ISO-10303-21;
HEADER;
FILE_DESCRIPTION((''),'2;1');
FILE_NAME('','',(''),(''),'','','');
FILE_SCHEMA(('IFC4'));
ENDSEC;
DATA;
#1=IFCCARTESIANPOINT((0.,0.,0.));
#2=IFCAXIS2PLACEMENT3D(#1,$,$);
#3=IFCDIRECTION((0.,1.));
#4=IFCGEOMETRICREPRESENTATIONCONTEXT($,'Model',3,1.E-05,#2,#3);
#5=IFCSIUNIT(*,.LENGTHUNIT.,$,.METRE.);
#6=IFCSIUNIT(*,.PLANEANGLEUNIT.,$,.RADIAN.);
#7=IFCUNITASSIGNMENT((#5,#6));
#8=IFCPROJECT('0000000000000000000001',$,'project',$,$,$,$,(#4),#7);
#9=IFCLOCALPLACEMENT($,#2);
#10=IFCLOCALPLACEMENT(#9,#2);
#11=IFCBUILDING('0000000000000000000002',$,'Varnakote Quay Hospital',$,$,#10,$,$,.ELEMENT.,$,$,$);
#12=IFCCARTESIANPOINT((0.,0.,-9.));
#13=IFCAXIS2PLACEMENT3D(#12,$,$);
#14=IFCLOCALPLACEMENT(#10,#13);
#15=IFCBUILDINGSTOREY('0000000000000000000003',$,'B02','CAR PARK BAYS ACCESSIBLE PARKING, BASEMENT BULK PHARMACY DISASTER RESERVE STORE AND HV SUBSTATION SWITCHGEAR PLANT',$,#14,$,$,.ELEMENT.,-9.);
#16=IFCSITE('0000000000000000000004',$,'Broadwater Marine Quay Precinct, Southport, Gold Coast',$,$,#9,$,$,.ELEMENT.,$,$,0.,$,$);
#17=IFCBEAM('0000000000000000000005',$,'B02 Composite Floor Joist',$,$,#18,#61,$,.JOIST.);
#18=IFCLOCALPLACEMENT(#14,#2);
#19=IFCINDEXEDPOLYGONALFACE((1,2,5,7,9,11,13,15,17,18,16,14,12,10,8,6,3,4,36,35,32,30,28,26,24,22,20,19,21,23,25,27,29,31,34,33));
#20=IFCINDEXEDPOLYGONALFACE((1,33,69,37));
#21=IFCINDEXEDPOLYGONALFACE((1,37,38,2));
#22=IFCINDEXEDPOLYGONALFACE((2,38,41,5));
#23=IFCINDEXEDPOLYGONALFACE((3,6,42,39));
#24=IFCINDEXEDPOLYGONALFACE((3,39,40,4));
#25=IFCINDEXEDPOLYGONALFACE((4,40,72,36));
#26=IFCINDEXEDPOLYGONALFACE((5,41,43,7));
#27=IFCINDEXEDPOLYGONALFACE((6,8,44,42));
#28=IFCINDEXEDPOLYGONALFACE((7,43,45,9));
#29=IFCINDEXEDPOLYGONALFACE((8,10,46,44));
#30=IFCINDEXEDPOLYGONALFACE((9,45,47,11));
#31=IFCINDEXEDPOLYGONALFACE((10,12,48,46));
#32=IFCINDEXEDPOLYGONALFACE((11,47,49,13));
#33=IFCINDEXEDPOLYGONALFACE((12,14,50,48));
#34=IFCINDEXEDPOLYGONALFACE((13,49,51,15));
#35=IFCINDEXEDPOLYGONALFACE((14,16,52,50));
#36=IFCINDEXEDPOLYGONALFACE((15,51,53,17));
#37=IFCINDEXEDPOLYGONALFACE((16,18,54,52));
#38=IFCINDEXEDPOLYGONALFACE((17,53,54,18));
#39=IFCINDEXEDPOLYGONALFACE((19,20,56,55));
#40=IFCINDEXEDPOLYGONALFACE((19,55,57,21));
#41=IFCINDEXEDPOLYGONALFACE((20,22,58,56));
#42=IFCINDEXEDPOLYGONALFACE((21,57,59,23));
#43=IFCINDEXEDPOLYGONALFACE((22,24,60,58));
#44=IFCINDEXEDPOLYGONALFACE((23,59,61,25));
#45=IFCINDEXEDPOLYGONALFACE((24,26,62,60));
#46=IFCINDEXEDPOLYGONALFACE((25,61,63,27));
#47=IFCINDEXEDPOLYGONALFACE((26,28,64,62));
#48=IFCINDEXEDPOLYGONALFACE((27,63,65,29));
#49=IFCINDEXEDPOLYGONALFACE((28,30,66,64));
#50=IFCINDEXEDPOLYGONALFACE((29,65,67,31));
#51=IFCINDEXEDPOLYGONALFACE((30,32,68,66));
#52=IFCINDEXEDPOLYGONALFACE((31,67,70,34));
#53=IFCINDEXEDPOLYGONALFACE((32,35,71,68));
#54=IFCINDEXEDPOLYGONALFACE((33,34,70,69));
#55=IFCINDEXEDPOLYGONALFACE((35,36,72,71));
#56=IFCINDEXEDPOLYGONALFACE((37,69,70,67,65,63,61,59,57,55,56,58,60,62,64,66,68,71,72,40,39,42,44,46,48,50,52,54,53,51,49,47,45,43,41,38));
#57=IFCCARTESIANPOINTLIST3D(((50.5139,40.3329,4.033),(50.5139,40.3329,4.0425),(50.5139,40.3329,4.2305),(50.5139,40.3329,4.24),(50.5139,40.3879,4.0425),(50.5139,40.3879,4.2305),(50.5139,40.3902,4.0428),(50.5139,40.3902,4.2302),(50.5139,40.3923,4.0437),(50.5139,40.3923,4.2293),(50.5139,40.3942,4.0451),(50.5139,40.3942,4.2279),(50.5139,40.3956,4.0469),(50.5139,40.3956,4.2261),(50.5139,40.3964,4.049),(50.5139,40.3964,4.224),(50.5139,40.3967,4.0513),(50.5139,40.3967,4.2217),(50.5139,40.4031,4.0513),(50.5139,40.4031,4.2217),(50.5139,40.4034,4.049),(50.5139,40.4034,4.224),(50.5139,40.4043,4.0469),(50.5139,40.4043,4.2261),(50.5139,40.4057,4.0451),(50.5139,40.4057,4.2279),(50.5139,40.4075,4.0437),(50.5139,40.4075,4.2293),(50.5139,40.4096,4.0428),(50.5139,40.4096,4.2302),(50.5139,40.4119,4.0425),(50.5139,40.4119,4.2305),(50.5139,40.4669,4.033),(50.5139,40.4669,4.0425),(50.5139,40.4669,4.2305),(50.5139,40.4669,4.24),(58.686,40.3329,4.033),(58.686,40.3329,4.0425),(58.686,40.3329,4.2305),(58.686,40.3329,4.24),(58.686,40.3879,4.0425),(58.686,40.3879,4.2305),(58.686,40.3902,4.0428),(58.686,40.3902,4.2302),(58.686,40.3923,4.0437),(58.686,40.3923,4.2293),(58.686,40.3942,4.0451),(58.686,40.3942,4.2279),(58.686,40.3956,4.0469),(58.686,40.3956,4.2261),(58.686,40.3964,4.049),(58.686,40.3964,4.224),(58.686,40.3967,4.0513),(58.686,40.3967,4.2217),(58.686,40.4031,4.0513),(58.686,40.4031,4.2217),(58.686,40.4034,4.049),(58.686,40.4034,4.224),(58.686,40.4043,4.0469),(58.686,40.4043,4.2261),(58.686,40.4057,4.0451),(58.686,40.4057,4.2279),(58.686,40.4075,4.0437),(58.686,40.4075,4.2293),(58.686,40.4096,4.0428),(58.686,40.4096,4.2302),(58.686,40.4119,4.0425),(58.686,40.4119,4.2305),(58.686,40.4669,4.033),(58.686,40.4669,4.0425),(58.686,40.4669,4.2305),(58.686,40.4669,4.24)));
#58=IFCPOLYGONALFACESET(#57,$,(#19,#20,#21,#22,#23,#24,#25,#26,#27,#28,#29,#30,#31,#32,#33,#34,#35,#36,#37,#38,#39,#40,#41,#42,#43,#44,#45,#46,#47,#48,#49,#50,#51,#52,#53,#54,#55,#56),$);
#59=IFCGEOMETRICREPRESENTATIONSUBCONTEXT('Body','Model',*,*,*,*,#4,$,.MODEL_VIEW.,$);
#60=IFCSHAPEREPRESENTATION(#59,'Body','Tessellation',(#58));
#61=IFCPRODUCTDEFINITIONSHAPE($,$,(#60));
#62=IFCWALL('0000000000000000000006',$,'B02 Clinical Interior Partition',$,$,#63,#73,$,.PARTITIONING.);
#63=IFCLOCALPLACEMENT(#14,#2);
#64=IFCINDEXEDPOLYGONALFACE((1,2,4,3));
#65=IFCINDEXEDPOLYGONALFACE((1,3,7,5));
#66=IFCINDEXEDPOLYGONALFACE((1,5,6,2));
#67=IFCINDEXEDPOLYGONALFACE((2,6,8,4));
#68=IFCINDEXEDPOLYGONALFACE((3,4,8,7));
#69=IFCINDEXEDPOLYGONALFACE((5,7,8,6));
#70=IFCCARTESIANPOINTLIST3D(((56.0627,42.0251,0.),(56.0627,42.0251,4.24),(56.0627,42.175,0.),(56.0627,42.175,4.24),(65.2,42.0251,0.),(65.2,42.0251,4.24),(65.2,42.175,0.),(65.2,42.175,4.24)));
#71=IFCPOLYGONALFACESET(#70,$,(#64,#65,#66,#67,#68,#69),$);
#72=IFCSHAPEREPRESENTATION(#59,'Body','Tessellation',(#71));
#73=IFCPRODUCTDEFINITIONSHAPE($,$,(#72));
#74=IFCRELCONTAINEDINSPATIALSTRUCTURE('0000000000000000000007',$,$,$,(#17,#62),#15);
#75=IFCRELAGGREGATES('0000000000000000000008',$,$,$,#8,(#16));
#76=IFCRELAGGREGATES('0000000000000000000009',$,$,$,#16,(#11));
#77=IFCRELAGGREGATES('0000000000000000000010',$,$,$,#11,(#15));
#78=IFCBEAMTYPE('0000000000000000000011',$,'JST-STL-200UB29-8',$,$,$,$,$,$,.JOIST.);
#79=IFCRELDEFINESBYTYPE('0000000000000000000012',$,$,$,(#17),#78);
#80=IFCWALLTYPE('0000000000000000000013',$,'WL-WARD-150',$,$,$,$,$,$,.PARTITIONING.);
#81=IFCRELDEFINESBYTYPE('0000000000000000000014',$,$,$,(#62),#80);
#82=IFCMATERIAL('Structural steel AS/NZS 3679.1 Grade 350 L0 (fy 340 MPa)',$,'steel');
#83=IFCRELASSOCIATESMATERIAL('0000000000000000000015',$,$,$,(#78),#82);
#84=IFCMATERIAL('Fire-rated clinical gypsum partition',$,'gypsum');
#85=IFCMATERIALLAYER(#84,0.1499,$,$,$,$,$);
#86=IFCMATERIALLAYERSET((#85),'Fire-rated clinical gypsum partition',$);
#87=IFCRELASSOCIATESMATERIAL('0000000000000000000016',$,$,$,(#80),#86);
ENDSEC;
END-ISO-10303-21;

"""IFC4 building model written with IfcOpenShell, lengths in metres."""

from ifc_helpers import new_model, si_unit, direction, frame, frame_2d, origin, origin_2d, place, context, subcontext, project, spatial, rectangle, i_section, extrude, material, layer, layer_set, material_profile, profile_set, type_object, element, save


model = new_model("IFC4")

# Units and contexts
model_context = context("Model", 3, precision=1e-05, world=origin(), true_north=direction((0.0, 1.0)))
body_context = subcontext(model_context, "Body", "Model", "MODEL_VIEW")
ifc_project = project(units=[si_unit("LENGTHUNIT", "METRE"), si_unit("PLANEANGLEUNIT", "RADIAN")], contexts=[model_context])

# Site, building, storey
site_placement = place(None, origin())
site = spatial("IfcSite", under=ifc_project, at=site_placement, Name="Broadwater Marine Quay Precinct, Southport, Gold Coast", CompositionType="ELEMENT", RefElevation=0.0)
building_placement = place(site_placement, origin())
building = spatial("IfcBuilding", under=site, at=building_placement, Name="Varnakote Quay Hospital", CompositionType="ELEMENT")
storey_placement = place(building_placement, frame((0.0, 0.0, -9.0)))
storey = spatial("IfcBuildingStorey", under=building, at=storey_placement, Name="B02", Description="CAR PARK BAYS ACCESSIBLE PARKING, BASEMENT BULK PHARMACY DISASTER RESERVE STORE AND HV SUBSTATION SWITCHGEAR PLANT", CompositionType="ELEMENT", Elevation=-9.0)

# Beam
ifc_material_1 = material(Name="Structural steel AS/NZS 3679.1 Grade 350 L0 (fy 340 MPa)", Category="steel")
ifc_material_profile_1 = material_profile(ifc_material_1, i_section(OverallWidth=0.134, OverallDepth=0.207, WebThickness=0.0063, FlangeThickness=0.0095, FilletRadius=0.0088, at=origin_2d()), Name="200UB29.8")
ifc_profile_set_1 = profile_set([ifc_material_profile_1], Name="Structural steel AS/NZS 3679.1 Grade 350 L0 (fy 340 MPa)")
beam_type_1 = type_object("IfcBeamType", Name="JST-STL-200UB29-8", PredefinedType="JOIST", material=ifc_profile_set_1)
for number, where, z_axis, x_axis, name in (
    (1, (50.5139, 40.3999, 4.1365), (1.0, 0.0, 0.0), (0.0, 1.0, 0.0), "B02 Composite Floor Joist"),
):
    element("IfcBeam", number, at=place(storey_placement, frame(where, z_axis=z_axis, x_axis=x_axis)), inside=storey, type_object=beam_type_1, Name=name, PredefinedType="JOIST", context=body_context, shape_type="SweptSolid", body=[
        extrude(i_section(OverallWidth=0.134, OverallDepth=0.207, WebThickness=0.0063, FlangeThickness=0.0095, FilletRadius=0.0088, at=origin_2d()), origin(), (0.0, 0.0, 1.0), 8.1721),
    ])

# Wall
ifc_material_2 = material(Name="Fire-rated clinical gypsum partition", Category="gypsum")
ifc_layer = layer(ifc_material_2, 0.1499)
ifc_layer_set = layer_set([ifc_layer], Name="Fire-rated clinical gypsum partition")
wall_type = type_object("IfcWallType", Name="WL-WARD-150", PredefinedType="PARTITIONING", material=ifc_layer_set)
wall_placement = place(storey_placement, frame((56.0627, 42.1001, 0.0), z_axis=(0.0, 0.0, 1.0), x_axis=(1.0, 0.0, 0.0)))
element("IfcWall", 2, at=wall_placement, inside=storey, type_object=wall_type, Name="B02 Clinical Interior Partition", PredefinedType="PARTITIONING", context=body_context, shape_type="SweptSolid", body=[
    extrude(rectangle(XDim=9.1372, YDim=0.1499, at=frame_2d((4.5686, 0.0))), origin(), (0.0, 0.0, 1.0), 4.24),
])

save(model, "model.ifc")
